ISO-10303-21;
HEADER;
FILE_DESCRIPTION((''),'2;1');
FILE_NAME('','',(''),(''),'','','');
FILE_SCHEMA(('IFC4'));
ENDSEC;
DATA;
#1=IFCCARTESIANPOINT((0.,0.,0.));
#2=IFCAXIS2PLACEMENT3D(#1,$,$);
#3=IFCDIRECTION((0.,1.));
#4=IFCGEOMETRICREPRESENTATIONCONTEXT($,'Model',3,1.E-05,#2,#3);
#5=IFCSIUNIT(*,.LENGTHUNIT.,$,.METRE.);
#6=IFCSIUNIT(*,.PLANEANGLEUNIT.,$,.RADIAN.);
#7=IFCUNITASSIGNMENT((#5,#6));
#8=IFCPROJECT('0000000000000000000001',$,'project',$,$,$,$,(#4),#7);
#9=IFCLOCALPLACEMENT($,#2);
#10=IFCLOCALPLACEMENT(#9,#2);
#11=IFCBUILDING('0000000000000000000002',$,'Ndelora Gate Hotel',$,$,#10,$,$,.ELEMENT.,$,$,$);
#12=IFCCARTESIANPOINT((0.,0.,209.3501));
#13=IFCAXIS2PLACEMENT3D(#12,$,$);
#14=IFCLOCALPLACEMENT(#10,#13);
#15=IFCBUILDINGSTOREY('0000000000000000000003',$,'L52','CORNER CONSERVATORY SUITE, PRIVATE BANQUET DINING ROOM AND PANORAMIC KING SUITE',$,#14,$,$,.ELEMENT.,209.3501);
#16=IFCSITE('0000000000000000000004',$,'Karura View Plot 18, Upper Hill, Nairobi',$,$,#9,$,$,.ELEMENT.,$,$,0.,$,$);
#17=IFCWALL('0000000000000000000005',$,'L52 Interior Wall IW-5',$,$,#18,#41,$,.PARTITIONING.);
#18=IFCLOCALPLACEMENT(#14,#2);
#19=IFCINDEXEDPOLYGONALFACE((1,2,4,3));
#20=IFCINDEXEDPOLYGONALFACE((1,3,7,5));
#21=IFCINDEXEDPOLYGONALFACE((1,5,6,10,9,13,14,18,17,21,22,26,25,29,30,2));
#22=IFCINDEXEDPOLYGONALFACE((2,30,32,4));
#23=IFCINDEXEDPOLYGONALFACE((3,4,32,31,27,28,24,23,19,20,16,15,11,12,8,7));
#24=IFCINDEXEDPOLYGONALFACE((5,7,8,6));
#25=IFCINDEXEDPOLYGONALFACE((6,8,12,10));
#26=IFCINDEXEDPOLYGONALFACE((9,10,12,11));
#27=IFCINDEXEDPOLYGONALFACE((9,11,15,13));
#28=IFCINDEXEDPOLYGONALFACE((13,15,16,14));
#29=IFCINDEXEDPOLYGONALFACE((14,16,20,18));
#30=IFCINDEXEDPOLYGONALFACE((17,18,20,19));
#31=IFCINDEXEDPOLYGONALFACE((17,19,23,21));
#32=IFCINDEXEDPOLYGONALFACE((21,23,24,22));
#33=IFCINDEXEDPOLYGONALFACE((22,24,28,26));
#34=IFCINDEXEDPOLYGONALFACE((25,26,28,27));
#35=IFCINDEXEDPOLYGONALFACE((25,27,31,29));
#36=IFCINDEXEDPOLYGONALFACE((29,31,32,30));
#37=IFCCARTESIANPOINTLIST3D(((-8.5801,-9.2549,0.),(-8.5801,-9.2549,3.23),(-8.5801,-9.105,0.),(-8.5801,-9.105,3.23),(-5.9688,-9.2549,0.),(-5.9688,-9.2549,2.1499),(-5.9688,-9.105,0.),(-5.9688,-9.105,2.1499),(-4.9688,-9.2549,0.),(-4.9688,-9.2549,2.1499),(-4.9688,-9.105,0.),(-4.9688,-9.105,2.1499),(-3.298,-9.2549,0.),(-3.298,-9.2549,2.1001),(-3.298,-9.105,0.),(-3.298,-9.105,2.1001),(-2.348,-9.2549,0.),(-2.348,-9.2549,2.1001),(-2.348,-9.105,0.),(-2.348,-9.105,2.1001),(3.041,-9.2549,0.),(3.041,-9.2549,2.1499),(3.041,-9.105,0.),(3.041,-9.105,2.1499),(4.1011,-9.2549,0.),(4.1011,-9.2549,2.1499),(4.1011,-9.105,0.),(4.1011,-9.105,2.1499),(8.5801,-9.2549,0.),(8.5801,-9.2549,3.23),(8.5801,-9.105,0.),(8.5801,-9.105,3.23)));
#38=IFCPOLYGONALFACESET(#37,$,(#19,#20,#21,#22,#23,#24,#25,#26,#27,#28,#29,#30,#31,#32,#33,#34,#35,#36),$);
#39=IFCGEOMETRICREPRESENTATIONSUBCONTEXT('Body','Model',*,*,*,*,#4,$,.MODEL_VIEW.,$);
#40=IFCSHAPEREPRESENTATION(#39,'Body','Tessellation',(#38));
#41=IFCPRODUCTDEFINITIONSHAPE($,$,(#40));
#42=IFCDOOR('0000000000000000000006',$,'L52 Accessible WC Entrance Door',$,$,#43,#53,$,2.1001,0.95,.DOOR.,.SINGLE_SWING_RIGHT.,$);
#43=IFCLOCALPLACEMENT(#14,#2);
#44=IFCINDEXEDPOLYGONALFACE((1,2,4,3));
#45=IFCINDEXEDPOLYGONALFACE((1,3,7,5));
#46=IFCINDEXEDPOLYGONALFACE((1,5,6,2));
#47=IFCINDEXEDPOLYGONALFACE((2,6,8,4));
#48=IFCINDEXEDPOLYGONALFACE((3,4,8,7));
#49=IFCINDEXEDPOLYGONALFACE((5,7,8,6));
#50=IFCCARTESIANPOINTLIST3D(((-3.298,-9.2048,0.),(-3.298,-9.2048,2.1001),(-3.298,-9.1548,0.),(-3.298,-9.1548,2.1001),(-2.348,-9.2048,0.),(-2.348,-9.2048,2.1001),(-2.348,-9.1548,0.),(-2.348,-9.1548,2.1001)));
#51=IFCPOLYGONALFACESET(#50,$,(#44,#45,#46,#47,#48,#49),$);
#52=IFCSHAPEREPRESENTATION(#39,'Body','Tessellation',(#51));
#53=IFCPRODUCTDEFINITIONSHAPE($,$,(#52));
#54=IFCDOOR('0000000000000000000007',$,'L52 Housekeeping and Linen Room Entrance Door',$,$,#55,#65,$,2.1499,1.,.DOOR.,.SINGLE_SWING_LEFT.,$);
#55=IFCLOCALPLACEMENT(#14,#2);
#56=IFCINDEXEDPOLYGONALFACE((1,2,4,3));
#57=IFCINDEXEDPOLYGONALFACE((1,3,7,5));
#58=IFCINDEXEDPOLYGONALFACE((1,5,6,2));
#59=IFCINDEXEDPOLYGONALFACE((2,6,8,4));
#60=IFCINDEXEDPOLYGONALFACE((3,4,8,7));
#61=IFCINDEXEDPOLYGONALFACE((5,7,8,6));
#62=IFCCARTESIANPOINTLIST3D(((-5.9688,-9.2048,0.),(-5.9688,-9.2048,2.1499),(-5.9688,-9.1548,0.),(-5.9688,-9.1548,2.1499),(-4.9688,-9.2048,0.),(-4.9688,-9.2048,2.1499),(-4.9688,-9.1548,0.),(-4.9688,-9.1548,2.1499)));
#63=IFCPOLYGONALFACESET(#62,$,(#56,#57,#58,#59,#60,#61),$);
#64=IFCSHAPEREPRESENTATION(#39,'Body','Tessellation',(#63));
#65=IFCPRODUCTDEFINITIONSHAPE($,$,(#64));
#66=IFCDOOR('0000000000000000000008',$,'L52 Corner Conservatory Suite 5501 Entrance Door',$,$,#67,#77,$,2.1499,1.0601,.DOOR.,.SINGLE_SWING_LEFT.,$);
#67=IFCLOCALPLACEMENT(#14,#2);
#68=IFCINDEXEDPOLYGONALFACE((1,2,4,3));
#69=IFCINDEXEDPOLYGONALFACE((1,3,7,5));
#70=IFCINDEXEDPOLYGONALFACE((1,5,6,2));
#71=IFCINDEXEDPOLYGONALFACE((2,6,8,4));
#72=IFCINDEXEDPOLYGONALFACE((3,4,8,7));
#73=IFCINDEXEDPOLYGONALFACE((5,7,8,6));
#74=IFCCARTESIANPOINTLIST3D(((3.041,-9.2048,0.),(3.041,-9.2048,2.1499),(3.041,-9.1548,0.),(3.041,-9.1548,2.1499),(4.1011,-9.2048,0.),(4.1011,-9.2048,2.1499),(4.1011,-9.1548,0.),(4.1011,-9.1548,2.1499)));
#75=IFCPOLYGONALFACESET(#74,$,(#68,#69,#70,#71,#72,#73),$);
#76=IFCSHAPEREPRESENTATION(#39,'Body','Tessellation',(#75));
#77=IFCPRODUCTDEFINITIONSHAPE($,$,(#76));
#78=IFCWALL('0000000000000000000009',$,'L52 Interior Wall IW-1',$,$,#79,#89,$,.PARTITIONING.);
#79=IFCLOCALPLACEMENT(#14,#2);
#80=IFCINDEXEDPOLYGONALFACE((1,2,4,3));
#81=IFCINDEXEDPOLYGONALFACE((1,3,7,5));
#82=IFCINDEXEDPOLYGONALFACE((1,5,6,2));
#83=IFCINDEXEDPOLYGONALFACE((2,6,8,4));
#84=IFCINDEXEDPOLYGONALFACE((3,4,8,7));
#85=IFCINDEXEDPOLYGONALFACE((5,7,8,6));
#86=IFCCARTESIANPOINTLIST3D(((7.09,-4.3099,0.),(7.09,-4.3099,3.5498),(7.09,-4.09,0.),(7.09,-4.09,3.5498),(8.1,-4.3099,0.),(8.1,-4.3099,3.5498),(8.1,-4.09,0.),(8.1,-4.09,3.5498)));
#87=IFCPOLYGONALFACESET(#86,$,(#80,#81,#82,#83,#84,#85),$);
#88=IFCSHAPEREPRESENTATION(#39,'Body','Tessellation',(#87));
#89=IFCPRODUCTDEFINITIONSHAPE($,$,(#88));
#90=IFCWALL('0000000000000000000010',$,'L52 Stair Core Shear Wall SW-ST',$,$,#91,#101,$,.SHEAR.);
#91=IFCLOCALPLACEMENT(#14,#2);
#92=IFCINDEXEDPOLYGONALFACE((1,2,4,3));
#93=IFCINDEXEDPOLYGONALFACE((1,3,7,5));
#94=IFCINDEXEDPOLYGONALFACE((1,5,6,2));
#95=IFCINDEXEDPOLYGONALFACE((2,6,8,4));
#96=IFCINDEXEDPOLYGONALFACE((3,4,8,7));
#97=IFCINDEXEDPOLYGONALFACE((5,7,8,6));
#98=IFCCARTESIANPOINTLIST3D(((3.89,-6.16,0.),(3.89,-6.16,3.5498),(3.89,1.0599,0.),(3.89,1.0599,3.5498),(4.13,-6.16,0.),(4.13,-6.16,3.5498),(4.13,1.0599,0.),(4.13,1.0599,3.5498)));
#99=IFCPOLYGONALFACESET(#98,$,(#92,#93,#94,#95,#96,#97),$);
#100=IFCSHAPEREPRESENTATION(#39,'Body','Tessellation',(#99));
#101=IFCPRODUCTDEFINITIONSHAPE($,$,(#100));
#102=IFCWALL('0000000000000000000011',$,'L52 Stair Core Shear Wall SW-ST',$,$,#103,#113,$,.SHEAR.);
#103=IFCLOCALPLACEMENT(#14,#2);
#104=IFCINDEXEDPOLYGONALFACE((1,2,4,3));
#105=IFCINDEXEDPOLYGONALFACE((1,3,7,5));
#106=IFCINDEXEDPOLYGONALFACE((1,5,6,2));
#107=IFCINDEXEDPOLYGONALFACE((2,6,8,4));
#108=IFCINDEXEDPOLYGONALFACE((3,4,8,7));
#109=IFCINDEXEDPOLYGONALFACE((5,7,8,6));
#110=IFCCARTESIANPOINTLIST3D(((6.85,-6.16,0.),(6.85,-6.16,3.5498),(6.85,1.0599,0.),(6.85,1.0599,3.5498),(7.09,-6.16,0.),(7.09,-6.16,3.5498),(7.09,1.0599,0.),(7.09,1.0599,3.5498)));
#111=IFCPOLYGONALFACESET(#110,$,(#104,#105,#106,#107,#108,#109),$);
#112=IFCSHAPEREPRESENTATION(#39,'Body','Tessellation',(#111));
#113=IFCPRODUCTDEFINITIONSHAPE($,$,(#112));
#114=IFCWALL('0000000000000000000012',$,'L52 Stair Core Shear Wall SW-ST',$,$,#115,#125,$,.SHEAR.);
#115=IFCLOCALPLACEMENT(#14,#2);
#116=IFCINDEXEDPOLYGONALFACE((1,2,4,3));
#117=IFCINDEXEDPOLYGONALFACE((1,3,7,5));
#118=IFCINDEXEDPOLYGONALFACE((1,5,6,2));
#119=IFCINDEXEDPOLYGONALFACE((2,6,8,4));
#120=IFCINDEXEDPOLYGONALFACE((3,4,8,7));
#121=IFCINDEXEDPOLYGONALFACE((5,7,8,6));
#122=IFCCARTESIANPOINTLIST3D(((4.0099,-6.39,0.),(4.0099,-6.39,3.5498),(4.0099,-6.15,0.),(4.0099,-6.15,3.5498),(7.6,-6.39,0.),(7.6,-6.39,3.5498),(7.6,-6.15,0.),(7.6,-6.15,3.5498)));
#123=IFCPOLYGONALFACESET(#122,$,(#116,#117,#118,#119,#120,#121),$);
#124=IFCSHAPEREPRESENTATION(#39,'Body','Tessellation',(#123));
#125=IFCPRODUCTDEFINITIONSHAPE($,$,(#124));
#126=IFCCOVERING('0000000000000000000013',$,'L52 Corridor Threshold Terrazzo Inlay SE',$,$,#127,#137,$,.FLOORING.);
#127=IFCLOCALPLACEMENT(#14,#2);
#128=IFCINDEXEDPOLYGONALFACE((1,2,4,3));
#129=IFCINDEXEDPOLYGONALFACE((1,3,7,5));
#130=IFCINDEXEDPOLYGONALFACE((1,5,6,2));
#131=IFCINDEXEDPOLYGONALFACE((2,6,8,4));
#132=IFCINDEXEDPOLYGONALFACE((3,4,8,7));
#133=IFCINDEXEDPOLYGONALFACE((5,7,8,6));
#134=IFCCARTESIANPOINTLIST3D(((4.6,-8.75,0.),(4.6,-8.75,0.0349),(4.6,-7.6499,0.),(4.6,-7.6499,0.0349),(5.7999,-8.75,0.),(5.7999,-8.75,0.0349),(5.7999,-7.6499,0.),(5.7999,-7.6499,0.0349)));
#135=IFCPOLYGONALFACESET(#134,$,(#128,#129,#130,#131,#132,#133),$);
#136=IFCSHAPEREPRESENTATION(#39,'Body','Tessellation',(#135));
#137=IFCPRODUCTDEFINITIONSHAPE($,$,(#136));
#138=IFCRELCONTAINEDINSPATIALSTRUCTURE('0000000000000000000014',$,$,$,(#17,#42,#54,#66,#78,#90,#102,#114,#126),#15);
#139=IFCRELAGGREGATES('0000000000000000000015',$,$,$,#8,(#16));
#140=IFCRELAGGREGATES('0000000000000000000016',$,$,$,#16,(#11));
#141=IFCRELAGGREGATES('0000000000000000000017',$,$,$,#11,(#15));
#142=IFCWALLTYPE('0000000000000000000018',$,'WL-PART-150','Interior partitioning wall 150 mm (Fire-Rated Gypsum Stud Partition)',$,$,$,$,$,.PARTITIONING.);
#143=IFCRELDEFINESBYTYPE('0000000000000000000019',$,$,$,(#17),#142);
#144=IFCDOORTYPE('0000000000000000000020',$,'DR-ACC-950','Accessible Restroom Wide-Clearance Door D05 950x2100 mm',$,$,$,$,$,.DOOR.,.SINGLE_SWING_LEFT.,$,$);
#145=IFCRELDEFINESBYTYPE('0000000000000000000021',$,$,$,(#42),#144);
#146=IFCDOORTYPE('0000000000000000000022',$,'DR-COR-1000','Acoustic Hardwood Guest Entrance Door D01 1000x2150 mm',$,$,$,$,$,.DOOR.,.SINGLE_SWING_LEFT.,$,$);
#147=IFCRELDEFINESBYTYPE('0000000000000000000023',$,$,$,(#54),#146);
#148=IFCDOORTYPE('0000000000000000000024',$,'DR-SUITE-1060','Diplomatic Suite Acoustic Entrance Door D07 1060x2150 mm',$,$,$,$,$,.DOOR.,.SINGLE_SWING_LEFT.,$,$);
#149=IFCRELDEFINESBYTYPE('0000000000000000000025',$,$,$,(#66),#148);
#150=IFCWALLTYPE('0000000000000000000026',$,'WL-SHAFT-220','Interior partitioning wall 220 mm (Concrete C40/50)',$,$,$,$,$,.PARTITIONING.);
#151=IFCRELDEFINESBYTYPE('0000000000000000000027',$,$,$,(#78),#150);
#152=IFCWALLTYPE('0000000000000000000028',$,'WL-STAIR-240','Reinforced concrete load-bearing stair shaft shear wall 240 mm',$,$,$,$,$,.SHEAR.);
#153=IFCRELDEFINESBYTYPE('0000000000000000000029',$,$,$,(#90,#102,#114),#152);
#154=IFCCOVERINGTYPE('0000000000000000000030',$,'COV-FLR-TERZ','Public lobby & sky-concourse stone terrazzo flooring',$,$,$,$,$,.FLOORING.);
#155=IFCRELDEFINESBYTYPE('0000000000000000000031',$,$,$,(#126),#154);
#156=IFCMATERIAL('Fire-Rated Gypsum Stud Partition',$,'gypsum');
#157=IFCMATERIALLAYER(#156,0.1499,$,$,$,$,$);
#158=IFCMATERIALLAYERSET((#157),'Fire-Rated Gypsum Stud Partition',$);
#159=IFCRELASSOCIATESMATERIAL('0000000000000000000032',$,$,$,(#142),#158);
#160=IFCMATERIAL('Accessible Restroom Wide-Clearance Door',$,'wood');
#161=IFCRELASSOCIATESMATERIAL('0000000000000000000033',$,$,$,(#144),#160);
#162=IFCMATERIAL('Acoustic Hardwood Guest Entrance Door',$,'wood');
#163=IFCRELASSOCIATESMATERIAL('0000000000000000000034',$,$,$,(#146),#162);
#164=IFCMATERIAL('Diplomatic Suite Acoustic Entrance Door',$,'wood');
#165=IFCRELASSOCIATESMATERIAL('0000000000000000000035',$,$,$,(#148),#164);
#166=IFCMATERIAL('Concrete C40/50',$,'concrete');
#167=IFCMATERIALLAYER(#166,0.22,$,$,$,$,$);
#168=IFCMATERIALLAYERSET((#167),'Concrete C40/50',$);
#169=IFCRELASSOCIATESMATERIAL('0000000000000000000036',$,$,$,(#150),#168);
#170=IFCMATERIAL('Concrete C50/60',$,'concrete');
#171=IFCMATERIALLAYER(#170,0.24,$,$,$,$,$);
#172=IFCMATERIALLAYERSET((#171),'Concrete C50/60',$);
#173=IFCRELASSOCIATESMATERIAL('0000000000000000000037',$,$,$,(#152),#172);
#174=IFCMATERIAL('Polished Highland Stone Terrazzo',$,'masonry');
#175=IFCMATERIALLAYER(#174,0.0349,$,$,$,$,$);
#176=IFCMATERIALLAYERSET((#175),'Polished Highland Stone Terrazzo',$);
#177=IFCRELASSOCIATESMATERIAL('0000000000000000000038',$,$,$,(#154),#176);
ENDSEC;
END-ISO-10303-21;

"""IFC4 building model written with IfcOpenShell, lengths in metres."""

from ifc_helpers import new_model, si_unit, direction, frame, frame_2d, origin, origin_2d, place, context, subcontext, project, spatial, rectangle, extrude, material, layer, layer_set, type_object, element, fill, save


model = new_model("IFC4")

# Units and contexts
model_context = context("Model", 3, precision=1e-05, world=origin(), true_north=direction((0.0, 1.0)))
body_context = subcontext(model_context, "Body", "Model", "MODEL_VIEW")
ifc_project = project(units=[si_unit("LENGTHUNIT", "METRE"), si_unit("PLANEANGLEUNIT", "RADIAN")], contexts=[model_context])

# Site, building, storey
site_placement = place(None, origin())
site = spatial("IfcSite", under=ifc_project, at=site_placement, Name="Karura View Plot 18, Upper Hill, Nairobi", CompositionType="ELEMENT", RefElevation=0.0)
building_placement = place(site_placement, origin())
building = spatial("IfcBuilding", under=site, at=building_placement, Name="Ndelora Gate Hotel", CompositionType="ELEMENT")
storey_placement = place(building_placement, frame((0.0, 0.0, 209.3501)))
storey = spatial("IfcBuildingStorey", under=building, at=storey_placement, Name="L52", Description="CORNER CONSERVATORY SUITE, PRIVATE BANQUET DINING ROOM AND PANORAMIC KING SUITE", CompositionType="ELEMENT", Elevation=209.3501)

# Shared definitions
ifc_material_1 = material(Name="Concrete C50/60", Category="concrete")

# Wall, openings, doors
ifc_material_2 = material(Name="Fire-Rated Gypsum Stud Partition", Category="gypsum")
ifc_layer_1 = layer(ifc_material_2, 0.1499)
ifc_layer_set_1 = layer_set([ifc_layer_1], Name="Fire-Rated Gypsum Stud Partition")
wall_type_1 = type_object("IfcWallType", Name="WL-PART-150", Description="Interior partitioning wall 150 mm (Fire-Rated Gypsum Stud Partition)", PredefinedType="PARTITIONING", material=ifc_layer_set_1)
wall_1_placement = place(storey_placement, frame((8.5801, -9.1799, 0.0), z_axis=(0.0, 0.0, 1.0), x_axis=(-1.0, 0.0, 0.0)))
wall_1 = element("IfcWall", 1, at=wall_1_placement, inside=storey, type_object=wall_type_1, Name="L52 Interior Wall IW-5", PredefinedType="PARTITIONING", context=body_context, shape_type="SweptSolid", body=[
    extrude(rectangle(XDim=17.1602, YDim=0.1499, at=frame_2d((8.5801, 0.0))), origin(), (0.0, 0.0, 1.0), 3.23),
])
opening_1_placement = place(wall_1_placement, frame((10.928, 0.0, 0.0)))
opening_1 = element("IfcOpeningElement", 2, at=opening_1_placement, cuts=wall_1, PredefinedType="OPENING", context=body_context, shape_type="SweptSolid", body=[
    extrude(rectangle(XDim=0.95, YDim=2.1001, at=frame_2d((0.4751, 1.05))), frame((0.0, 0.085, 0.0), z_axis=(0.0, -1.0, 0.0), x_axis=(1.0, 0.0, 0.0)), (0.0, 0.0, 1.0), 0.1699),
])
opening_2_placement = place(wall_1_placement, frame((13.5488, 0.0, 0.0)))
opening_2 = element("IfcOpeningElement", 3, at=opening_2_placement, cuts=wall_1, PredefinedType="OPENING", context=body_context, shape_type="SweptSolid", body=[
    extrude(rectangle(XDim=1.0, YDim=2.1499, at=frame_2d((0.5, 1.075))), frame((0.0, 0.085, 0.0), z_axis=(0.0, -1.0, 0.0), x_axis=(1.0, 0.0, 0.0)), (0.0, 0.0, 1.0), 0.1699),
])
opening_3_placement = place(wall_1_placement, frame((4.479, 0.0, 0.0)))
opening_3 = element("IfcOpeningElement", 4, at=opening_3_placement, cuts=wall_1, PredefinedType="OPENING", context=body_context, shape_type="SweptSolid", body=[
    extrude(rectangle(XDim=1.0601, YDim=2.1499, at=frame_2d((0.53, 1.075))), frame((0.0, 0.085, 0.0), z_axis=(0.0, -1.0, 0.0), x_axis=(1.0, 0.0, 0.0)), (0.0, 0.0, 1.0), 0.1699),
])
ifc_material_3 = material(Name="Accessible Restroom Wide-Clearance Door", Category="wood")
door_type_1 = type_object("IfcDoorType", Name="DR-ACC-950", Description="Accessible Restroom Wide-Clearance Door D05 950x2100 mm", OperationType="SINGLE_SWING_LEFT", PredefinedType="DOOR", material=ifc_material_3)
door_1_placement = place(opening_1_placement, origin())
door_1 = element("IfcDoor", 5, at=door_1_placement, inside=storey, type_object=door_type_1, Name="L52 Accessible WC Entrance Door", OperationType="SINGLE_SWING_RIGHT", OverallHeight=2.1001, OverallWidth=0.95, PredefinedType="DOOR", context=body_context, shape_type="SweptSolid", body=[
    extrude(rectangle(XDim=0.95, YDim=2.1001, at=frame_2d((0.4751, 1.05))), frame((0.0, 0.0249, 0.0), z_axis=(0.0, -1.0, 0.0), x_axis=(1.0, 0.0, 0.0)), (0.0, 0.0, 1.0), 0.05),
])
fill(opening_1, door_1)
ifc_material_4 = material(Name="Acoustic Hardwood Guest Entrance Door", Category="wood")
door_type_2 = type_object("IfcDoorType", Name="DR-COR-1000", Description="Acoustic Hardwood Guest Entrance Door D01 1000x2150 mm", OperationType="SINGLE_SWING_LEFT", PredefinedType="DOOR", material=ifc_material_4)
door_2_placement = place(opening_2_placement, origin())
door_2 = element("IfcDoor", 6, at=door_2_placement, inside=storey, type_object=door_type_2, Name="L52 Housekeeping and Linen Room Entrance Door", OperationType="SINGLE_SWING_LEFT", OverallHeight=2.1499, OverallWidth=1.0, PredefinedType="DOOR", context=body_context, shape_type="SweptSolid", body=[
    extrude(rectangle(XDim=1.0, YDim=2.1499, at=frame_2d((0.5, 1.075))), frame((0.0, 0.0249, 0.0), z_axis=(0.0, -1.0, 0.0), x_axis=(1.0, 0.0, 0.0)), (0.0, 0.0, 1.0), 0.05),
])
fill(opening_2, door_2)
ifc_material_5 = material(Name="Diplomatic Suite Acoustic Entrance Door", Category="wood")
door_type_3 = type_object("IfcDoorType", Name="DR-SUITE-1060", Description="Diplomatic Suite Acoustic Entrance Door D07 1060x2150 mm", OperationType="SINGLE_SWING_LEFT", PredefinedType="DOOR", material=ifc_material_5)
door_3_placement = place(opening_3_placement, origin())
door_3 = element("IfcDoor", 7, at=door_3_placement, inside=storey, type_object=door_type_3, Name="L52 Corner Conservatory Suite 5501 Entrance Door", OperationType="SINGLE_SWING_LEFT", OverallHeight=2.1499, OverallWidth=1.0601, PredefinedType="DOOR", context=body_context, shape_type="SweptSolid", body=[
    extrude(rectangle(XDim=1.0601, YDim=2.1499, at=frame_2d((0.53, 1.075))), frame((0.0, 0.0249, 0.0), z_axis=(0.0, -1.0, 0.0), x_axis=(1.0, 0.0, 0.0)), (0.0, 0.0, 1.0), 0.05),
])
fill(opening_3, door_3)

# Walls
ifc_material_6 = material(Name="Concrete C40/50", Category="concrete")
ifc_layer_2 = layer(ifc_material_6, 0.22)
ifc_layer_set_2 = layer_set([ifc_layer_2], Name="Concrete C40/50")
wall_type_2 = type_object("IfcWallType", Name="WL-SHAFT-220", Description="Interior partitioning wall 220 mm (Concrete C40/50)", PredefinedType="PARTITIONING", material=ifc_layer_set_2)
wall_2_placement = place(storey_placement, frame((7.0901, -4.2, 0.0), z_axis=(0.0, 0.0, 1.0), x_axis=(1.0, 0.0, 0.0)))
element("IfcWall", 8, at=wall_2_placement, inside=storey, type_object=wall_type_2, Name="L52 Interior Wall IW-1", PredefinedType="PARTITIONING", context=body_context, shape_type="SweptSolid", body=[
    extrude(rectangle(XDim=1.01, YDim=0.22, at=frame_2d((0.5049, 0.0))), origin(), (0.0, 0.0, 1.0), 3.5498),
])
ifc_layer_3 = layer(ifc_material_1, 0.24)
ifc_layer_set_3 = layer_set([ifc_layer_3], Name="Concrete C50/60")
wall_type_3 = type_object("IfcWallType", Name="WL-STAIR-240", Description="Reinforced concrete load-bearing stair shaft shear wall 240 mm", PredefinedType="SHEAR", material=ifc_layer_set_3)
for number, where, z_axis, x_axis, name in (
    (9, (4.01, -6.1599, 0.0), (0.0, 0.0, 1.0), (0.0, 1.0, 0.0), "L52 Stair Core Shear Wall SW-ST"),
    (10, (6.97, -6.1599, 0.0), (0.0, 0.0, 1.0), (0.0, 1.0, 0.0), "L52 Stair Core Shear Wall SW-ST"),
):
    element("IfcWall", number, at=place(storey_placement, frame(where, z_axis=z_axis, x_axis=x_axis)), inside=storey, type_object=wall_type_3, Name=name, PredefinedType="SHEAR", context=body_context, shape_type="SweptSolid", body=[
        extrude(rectangle(XDim=7.22, YDim=0.24, at=frame_2d((3.6099, 0.0))), origin(), (0.0, 0.0, 1.0), 3.5498),
    ])
wall_3_placement = place(storey_placement, frame((4.01, -6.27, 0.0), z_axis=(0.0, 0.0, 1.0), x_axis=(1.0, 0.0, 0.0)))
element("IfcWall", 11, at=wall_3_placement, inside=storey, type_object=wall_type_3, Name="L52 Stair Core Shear Wall SW-ST", PredefinedType="SHEAR", context=body_context, shape_type="SweptSolid", body=[
    extrude(rectangle(XDim=3.5901, YDim=0.24, at=frame_2d((1.7949, 0.0))), origin(), (0.0, 0.0, 1.0), 3.5498),
])

# Covering
ifc_material_7 = material(Name="Polished Highland Stone Terrazzo", Category="masonry")
ifc_layer_4 = layer(ifc_material_7, 0.0349)
ifc_layer_set_4 = layer_set([ifc_layer_4], Name="Polished Highland Stone Terrazzo")
covering_type = type_object("IfcCoveringType", Name="COV-FLR-TERZ", Description="Public lobby & sky-concourse stone terrazzo flooring", PredefinedType="FLOORING", material=ifc_layer_set_4)
covering_placement = place(storey_placement, frame((5.2, -8.2, 0.0), z_axis=(0.0, 0.0, 1.0), x_axis=(1.0, 0.0, 0.0)))
element("IfcCovering", 12, at=covering_placement, inside=storey, type_object=covering_type, Name="L52 Corridor Threshold Terrazzo Inlay SE", PredefinedType="FLOORING", context=body_context, shape_type="SweptSolid", body=[
    extrude(rectangle(XDim=1.2, YDim=1.1001, at=origin_2d()), origin(), (0.0, 0.0, 1.0), 0.0349),
])

save(model, "model.ifc")
